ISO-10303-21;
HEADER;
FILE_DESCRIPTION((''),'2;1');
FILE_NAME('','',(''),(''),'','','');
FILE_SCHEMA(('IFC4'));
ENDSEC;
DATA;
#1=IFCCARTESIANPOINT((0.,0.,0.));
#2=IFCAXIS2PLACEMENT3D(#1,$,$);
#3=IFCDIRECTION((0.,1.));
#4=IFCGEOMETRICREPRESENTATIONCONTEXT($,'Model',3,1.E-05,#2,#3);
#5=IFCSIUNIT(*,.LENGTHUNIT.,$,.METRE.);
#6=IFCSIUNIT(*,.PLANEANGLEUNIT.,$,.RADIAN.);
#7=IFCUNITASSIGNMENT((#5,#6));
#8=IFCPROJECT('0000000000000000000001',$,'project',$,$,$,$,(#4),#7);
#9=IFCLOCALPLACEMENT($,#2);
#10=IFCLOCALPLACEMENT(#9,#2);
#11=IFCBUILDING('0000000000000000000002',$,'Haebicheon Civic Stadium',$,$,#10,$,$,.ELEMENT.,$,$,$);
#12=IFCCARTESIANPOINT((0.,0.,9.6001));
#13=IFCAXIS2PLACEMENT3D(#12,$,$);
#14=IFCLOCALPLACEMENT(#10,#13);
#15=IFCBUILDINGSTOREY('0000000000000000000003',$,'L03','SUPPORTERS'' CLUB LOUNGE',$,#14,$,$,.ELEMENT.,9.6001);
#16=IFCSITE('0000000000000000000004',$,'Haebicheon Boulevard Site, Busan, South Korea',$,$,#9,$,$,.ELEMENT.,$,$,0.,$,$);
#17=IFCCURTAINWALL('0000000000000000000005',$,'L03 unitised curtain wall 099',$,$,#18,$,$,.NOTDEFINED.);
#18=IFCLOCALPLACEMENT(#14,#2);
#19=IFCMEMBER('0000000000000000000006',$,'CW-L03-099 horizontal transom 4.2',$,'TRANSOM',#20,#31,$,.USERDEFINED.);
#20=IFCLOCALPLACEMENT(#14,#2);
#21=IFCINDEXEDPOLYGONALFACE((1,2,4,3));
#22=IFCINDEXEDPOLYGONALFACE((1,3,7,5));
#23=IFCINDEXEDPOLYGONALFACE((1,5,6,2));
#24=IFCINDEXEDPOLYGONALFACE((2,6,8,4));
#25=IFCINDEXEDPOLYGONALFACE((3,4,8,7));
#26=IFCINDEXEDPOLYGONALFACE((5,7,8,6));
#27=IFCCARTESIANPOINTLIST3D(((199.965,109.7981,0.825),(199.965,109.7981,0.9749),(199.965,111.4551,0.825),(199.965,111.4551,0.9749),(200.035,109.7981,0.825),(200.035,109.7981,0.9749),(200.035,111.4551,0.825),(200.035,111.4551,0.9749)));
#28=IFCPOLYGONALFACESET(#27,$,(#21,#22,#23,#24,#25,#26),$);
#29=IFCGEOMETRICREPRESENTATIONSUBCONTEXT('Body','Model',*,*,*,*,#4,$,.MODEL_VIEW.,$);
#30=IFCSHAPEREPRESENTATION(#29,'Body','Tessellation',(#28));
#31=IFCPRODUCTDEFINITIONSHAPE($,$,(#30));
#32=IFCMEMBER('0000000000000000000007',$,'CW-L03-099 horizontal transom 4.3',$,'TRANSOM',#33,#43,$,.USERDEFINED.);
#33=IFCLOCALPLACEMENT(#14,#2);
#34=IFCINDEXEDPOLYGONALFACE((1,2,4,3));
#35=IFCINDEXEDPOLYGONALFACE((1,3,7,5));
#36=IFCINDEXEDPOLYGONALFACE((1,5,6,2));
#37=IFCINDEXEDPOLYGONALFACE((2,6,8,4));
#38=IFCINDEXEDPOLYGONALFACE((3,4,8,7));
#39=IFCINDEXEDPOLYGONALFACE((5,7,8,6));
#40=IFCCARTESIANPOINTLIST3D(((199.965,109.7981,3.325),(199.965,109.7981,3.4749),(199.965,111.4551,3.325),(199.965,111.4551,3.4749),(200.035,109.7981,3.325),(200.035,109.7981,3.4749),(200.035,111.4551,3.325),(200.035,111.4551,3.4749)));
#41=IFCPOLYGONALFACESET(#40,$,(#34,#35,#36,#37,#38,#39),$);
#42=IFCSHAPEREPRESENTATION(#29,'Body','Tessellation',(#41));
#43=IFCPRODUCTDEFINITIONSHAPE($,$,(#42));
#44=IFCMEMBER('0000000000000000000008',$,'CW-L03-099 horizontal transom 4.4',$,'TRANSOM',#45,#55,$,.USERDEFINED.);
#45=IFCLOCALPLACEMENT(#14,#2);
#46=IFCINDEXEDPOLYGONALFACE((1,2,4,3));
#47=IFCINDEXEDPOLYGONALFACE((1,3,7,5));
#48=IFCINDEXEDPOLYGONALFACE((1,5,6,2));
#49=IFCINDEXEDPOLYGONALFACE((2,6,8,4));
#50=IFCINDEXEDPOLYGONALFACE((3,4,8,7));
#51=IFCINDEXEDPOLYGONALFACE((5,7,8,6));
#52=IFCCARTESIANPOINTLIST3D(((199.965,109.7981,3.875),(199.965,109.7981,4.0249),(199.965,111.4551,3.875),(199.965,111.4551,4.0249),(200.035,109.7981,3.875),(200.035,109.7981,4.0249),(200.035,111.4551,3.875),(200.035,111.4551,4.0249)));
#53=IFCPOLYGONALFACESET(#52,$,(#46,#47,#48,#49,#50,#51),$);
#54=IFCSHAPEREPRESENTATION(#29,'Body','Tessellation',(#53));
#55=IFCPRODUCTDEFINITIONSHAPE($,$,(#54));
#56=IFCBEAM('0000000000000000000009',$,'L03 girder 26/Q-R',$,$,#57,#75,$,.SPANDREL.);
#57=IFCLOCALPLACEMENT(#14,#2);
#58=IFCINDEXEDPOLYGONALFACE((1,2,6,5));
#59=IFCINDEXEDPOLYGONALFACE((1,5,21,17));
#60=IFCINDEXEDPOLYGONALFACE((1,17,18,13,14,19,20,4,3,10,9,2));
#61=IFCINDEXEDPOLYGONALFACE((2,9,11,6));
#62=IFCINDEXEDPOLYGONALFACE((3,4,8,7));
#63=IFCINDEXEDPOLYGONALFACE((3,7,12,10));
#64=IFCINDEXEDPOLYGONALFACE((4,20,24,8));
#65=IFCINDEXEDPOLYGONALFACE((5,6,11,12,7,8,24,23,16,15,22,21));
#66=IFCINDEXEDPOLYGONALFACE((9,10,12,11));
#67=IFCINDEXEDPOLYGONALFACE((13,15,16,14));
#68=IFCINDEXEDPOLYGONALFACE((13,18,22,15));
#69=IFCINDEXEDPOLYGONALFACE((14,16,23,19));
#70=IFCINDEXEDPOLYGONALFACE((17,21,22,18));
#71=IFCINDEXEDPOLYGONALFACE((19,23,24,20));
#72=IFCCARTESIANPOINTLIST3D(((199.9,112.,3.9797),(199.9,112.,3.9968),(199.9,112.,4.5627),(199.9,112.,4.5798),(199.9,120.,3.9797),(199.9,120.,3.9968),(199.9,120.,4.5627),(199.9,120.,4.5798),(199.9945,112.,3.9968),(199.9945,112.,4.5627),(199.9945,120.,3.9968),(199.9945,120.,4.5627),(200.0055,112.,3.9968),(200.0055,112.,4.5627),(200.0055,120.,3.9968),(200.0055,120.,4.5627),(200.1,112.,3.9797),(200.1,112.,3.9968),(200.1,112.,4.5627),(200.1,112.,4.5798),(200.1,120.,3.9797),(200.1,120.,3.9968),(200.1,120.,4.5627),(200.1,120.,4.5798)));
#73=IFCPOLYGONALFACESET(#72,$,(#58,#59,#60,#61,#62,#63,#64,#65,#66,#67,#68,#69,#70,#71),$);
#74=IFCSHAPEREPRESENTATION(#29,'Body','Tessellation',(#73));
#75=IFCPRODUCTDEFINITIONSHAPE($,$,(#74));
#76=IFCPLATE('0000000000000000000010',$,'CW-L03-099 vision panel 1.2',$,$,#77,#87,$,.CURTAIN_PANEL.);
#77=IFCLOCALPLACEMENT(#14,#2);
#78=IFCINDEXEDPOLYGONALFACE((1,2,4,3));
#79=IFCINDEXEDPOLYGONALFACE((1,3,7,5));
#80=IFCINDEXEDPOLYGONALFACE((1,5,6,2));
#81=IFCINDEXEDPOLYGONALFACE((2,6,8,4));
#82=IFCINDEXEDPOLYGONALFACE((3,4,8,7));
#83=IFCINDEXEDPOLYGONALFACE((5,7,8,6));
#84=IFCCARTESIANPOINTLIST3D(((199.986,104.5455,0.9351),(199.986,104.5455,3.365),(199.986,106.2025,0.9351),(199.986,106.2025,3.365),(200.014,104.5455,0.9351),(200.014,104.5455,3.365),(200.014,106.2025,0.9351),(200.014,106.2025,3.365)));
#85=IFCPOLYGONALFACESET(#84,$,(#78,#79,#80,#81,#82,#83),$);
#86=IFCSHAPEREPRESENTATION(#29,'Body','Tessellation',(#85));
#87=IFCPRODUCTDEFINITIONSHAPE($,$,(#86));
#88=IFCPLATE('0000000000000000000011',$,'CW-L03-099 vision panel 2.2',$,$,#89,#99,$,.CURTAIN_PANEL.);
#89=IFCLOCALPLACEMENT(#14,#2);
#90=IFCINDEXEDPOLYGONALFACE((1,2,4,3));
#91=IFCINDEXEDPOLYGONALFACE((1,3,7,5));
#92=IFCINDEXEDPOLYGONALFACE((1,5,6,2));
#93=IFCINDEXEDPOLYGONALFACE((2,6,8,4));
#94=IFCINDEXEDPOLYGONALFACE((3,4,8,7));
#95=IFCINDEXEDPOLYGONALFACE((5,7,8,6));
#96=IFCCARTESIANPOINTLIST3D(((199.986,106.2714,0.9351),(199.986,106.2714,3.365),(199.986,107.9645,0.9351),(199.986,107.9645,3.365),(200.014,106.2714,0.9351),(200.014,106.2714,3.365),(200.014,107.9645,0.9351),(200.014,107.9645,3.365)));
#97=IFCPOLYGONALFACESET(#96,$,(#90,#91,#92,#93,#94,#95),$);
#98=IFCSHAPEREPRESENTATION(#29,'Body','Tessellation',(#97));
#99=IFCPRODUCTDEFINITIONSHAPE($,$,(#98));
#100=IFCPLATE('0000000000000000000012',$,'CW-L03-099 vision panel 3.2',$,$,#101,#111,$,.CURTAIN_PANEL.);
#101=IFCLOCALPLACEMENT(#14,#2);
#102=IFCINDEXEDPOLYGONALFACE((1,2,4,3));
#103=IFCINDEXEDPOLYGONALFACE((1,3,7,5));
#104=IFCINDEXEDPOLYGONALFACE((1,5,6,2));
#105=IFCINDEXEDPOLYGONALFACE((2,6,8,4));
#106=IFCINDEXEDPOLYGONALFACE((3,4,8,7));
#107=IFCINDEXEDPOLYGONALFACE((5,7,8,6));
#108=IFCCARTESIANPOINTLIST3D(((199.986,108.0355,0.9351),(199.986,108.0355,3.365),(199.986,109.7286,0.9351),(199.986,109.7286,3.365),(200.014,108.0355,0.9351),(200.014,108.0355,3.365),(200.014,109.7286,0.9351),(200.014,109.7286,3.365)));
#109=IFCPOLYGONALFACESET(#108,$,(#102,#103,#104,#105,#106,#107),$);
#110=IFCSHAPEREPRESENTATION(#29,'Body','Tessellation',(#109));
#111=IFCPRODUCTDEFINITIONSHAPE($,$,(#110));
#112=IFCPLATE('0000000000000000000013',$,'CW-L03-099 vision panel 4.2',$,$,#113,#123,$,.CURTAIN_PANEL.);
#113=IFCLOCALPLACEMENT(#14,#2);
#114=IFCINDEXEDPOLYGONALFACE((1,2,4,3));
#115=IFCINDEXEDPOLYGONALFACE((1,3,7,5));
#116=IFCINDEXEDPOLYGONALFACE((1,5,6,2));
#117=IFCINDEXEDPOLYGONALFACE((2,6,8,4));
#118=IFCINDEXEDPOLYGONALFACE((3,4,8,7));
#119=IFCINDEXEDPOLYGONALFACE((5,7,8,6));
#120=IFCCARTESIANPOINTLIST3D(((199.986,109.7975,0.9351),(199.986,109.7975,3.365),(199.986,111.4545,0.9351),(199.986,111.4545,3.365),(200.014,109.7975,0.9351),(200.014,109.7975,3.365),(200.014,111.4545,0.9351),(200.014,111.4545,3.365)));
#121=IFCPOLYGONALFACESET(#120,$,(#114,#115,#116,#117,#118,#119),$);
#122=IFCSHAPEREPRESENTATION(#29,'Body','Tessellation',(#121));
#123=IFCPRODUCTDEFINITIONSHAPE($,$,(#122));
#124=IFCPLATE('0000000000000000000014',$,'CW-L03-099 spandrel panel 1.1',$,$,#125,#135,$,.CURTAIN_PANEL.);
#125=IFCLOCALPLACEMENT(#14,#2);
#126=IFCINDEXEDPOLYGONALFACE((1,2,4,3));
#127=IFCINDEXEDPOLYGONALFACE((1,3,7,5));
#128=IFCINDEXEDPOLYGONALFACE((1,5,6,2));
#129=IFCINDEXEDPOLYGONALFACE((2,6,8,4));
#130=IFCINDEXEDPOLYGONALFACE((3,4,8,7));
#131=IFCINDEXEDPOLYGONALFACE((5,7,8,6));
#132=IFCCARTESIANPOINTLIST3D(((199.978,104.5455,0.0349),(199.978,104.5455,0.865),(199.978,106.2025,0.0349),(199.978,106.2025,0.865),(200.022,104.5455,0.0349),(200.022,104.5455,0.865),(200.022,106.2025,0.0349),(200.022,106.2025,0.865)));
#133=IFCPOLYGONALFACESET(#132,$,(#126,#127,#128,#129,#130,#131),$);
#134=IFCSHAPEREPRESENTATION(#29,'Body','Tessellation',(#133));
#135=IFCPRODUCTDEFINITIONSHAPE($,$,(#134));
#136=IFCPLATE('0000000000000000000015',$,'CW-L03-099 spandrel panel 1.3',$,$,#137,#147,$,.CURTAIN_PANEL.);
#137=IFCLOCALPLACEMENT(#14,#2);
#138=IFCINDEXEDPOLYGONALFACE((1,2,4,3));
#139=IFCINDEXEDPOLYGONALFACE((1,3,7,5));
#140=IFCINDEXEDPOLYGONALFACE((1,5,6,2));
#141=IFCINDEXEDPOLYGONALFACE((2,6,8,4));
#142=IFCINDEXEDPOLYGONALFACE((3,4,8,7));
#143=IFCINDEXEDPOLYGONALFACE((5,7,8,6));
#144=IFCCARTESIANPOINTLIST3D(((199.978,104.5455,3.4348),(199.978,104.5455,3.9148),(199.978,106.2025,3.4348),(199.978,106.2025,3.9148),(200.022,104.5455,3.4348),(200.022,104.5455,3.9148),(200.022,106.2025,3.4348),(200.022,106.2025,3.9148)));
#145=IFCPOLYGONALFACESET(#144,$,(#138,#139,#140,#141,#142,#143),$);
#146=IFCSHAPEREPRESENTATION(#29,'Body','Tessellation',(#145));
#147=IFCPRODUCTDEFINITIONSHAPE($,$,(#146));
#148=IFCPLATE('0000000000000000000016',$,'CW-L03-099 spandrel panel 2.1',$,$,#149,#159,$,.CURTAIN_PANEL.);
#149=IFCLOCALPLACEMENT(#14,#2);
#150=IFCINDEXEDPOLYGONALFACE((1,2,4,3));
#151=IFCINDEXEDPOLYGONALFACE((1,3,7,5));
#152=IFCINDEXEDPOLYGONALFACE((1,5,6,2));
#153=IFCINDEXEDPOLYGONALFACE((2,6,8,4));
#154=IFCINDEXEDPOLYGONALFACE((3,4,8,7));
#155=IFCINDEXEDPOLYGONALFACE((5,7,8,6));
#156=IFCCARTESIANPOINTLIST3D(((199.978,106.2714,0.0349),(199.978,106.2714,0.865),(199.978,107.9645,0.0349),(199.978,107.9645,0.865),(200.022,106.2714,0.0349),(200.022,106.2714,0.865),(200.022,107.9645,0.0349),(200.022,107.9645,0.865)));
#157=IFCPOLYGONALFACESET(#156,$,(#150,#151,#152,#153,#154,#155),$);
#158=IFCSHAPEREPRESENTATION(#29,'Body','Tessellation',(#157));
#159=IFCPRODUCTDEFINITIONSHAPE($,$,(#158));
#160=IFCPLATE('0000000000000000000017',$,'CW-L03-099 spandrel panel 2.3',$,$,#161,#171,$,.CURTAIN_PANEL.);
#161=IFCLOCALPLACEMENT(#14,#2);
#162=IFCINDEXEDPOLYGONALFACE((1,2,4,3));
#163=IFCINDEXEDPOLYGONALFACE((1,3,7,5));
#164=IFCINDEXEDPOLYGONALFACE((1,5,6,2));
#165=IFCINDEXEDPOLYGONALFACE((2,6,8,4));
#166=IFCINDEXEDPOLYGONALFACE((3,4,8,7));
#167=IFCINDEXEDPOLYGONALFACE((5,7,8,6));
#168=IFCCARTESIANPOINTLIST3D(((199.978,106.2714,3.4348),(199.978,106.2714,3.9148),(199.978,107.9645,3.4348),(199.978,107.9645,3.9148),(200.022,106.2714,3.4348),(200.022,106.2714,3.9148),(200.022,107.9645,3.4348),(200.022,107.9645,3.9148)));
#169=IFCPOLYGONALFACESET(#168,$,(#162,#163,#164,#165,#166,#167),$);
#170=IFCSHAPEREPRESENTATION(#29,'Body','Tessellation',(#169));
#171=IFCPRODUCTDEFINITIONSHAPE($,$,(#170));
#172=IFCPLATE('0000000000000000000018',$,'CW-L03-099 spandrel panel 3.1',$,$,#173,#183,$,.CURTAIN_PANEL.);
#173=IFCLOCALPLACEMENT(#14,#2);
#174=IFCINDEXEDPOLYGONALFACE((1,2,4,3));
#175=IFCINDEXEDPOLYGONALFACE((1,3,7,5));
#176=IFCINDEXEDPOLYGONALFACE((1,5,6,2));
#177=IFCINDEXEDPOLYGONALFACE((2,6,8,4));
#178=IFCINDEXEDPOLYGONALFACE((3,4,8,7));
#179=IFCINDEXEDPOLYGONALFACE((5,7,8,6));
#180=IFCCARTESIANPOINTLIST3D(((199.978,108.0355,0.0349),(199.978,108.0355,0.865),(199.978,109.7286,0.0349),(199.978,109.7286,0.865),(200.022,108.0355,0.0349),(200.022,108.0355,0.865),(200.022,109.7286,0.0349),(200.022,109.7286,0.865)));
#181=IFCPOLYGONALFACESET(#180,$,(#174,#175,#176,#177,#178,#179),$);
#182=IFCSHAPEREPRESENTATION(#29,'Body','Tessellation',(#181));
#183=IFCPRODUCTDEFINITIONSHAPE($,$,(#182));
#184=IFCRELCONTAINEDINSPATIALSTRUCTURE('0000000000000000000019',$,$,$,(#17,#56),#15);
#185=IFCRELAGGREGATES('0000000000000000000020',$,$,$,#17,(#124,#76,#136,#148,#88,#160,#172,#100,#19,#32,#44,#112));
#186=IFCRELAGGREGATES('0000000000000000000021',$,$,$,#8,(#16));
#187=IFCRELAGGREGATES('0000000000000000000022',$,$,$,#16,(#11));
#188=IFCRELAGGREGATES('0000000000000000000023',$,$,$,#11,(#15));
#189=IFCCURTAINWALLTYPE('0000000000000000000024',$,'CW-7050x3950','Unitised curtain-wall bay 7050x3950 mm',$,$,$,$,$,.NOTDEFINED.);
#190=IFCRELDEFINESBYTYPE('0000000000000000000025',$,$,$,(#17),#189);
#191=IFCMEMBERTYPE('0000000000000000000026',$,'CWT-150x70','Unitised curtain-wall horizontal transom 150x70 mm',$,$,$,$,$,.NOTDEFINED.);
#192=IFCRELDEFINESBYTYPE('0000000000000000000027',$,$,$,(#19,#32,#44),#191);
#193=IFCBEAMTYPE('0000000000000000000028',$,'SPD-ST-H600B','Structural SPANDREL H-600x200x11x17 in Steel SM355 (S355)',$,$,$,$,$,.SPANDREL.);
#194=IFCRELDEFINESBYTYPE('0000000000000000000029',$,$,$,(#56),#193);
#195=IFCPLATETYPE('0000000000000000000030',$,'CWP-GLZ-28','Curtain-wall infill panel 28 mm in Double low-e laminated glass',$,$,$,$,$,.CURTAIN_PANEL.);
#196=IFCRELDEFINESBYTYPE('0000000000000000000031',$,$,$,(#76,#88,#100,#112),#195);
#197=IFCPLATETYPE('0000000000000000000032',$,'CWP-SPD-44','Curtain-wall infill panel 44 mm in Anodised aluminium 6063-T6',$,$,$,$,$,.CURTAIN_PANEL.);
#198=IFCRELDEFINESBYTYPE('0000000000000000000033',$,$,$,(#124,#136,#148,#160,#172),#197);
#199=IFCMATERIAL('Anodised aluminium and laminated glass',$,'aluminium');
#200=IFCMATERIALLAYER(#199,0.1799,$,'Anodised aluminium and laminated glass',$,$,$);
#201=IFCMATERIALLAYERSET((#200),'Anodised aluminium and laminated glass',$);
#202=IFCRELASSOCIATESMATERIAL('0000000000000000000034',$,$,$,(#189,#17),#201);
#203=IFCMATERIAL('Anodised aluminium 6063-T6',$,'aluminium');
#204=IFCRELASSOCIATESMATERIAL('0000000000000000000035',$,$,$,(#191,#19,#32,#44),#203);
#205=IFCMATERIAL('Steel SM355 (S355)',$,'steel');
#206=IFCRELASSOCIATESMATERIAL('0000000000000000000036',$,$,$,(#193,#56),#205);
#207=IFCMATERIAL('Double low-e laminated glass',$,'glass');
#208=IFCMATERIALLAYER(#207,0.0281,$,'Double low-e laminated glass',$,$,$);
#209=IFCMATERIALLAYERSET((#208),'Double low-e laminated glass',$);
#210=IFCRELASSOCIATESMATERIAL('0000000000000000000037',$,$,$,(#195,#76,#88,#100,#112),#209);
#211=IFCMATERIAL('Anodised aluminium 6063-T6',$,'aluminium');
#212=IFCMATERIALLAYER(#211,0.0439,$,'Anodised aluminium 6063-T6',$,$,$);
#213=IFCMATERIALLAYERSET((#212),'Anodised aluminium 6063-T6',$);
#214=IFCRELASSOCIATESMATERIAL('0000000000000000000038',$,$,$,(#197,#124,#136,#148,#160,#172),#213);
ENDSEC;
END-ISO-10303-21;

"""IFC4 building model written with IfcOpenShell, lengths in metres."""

from ifc_helpers import new_model, si_unit, direction, frame, origin, origin_2d, place, context, subcontext, project, spatial, rectangle, i_section, extrude, material, layer, layer_set, material_profile, profile_set, type_object, element, aggregate, save


model = new_model("IFC4")

# Units and contexts
model_context = context("Model", 3, precision=1e-05, world=origin(), true_north=direction((0.0, 1.0)))
body_context = subcontext(model_context, "Body", "Model", "MODEL_VIEW")
ifc_project = project(units=[si_unit("LENGTHUNIT", "METRE"), si_unit("PLANEANGLEUNIT", "RADIAN")], contexts=[model_context])

# Site, building, storey
site_placement = place(None, origin())
site = spatial("IfcSite", under=ifc_project, at=site_placement, Name="Haebicheon Boulevard Site, Busan, South Korea", CompositionType="ELEMENT", RefElevation=0.0)
building_placement = place(site_placement, origin())
building = spatial("IfcBuilding", under=site, at=building_placement, Name="Haebicheon Civic Stadium", CompositionType="ELEMENT")
storey_placement = place(building_placement, frame((0.0, 0.0, 9.6001)))
storey = spatial("IfcBuildingStorey", under=building, at=storey_placement, Name="L03", Description="SUPPORTERS' CLUB LOUNGE", CompositionType="ELEMENT", Elevation=9.6001)

# Curtain wall, members
ifc_material_1 = material(Name="Anodised aluminium and laminated glass", Category="aluminium")
ifc_layer_1 = layer(ifc_material_1, 0.1799, Name="Anodised aluminium and laminated glass")
ifc_layer_set_1 = layer_set([ifc_layer_1], Name="Anodised aluminium and laminated glass")
curtain_wall_type = type_object("IfcCurtainWallType", Name="CW-7050x3950", Description="Unitised curtain-wall bay 7050x3950 mm", PredefinedType="NOTDEFINED", material=ifc_layer_set_1)
curtain_wall_placement = place(storey_placement, origin())
curtain_wall = element("IfcCurtainWall", 1, at=curtain_wall_placement, inside=storey, type_object=curtain_wall_type, material=ifc_layer_set_1, Name="L03 unitised curtain wall 099", PredefinedType="NOTDEFINED")
ifc_material_2 = material(Name="Anodised aluminium 6063-T6", Category="aluminium")
ifc_material_profile_1 = material_profile(ifc_material_2, rectangle(XDim=0.0701, YDim=0.1499, at=origin_2d()), Name="ALU-TRAN-70x150")
ifc_profile_set_1 = profile_set([ifc_material_profile_1], Name="Anodised aluminium 6063-T6")
member_type_1 = type_object("IfcMemberType", Name="CWT-150x70", Description="Unitised curtain-wall horizontal transom 150x70 mm", PredefinedType="NOTDEFINED", material=ifc_profile_set_1)
member_1_placement = place(storey_placement, frame((200.0, 109.7981, 0.8999), z_axis=(0.0, 1.0, 0.0), x_axis=(-1.0, 0.0, 0.0)))
member_1 = element("IfcMember", 2, at=member_1_placement, type_object=member_type_1, material=ifc_profile_set_1, Name="CW-L03-099 horizontal transom 4.2", ObjectType="TRANSOM", PredefinedType="USERDEFINED", context=body_context, shape_type="SweptSolid", body=[
    extrude(rectangle(XDim=0.0701, YDim=0.1499, at=origin_2d()), origin(), (0.0, 0.0, 1.0), 1.657),
])
member_2_placement = place(storey_placement, frame((200.0, 109.7981, 3.3999), z_axis=(0.0, 1.0, 0.0), x_axis=(-1.0, 0.0, 0.0)))
member_2 = element("IfcMember", 3, at=member_2_placement, type_object=member_type_1, material=ifc_profile_set_1, Name="CW-L03-099 horizontal transom 4.3", ObjectType="TRANSOM", PredefinedType="USERDEFINED", context=body_context, shape_type="SweptSolid", body=[
    extrude(rectangle(XDim=0.0701, YDim=0.1499, at=origin_2d()), origin(), (0.0, 0.0, 1.0), 1.657),
])
member_3_placement = place(storey_placement, frame((200.0, 109.7981, 3.95), z_axis=(0.0, 1.0, 0.0), x_axis=(-1.0, 0.0, 0.0)))
member_3 = element("IfcMember", 4, at=member_3_placement, type_object=member_type_1, material=ifc_profile_set_1, Name="CW-L03-099 horizontal transom 4.4", ObjectType="TRANSOM", PredefinedType="USERDEFINED", context=body_context, shape_type="SweptSolid", body=[
    extrude(rectangle(XDim=0.0701, YDim=0.1499, at=origin_2d()), origin(), (0.0, 0.0, 1.0), 1.657),
])

# Beam
ifc_material_3 = material(Name="Steel SM355 (S355)", Category="steel")
ifc_material_profile_2 = material_profile(ifc_material_3, i_section(OverallWidth=0.2, OverallDepth=0.6001, WebThickness=0.011, FlangeThickness=0.0171, at=origin_2d()), Name="H-600x200x11x17")
ifc_profile_set_2 = profile_set([ifc_material_profile_2], Name="Steel SM355 (S355)")
beam_type = type_object("IfcBeamType", Name="SPD-ST-H600B", Description="Structural SPANDREL H-600x200x11x17 in Steel SM355 (S355)", PredefinedType="SPANDREL", material=ifc_profile_set_2)
beam_placement = place(storey_placement, frame((200.0, 112.0, 4.2798), z_axis=(0.0, 1.0, 0.0), x_axis=(-1.0, 0.0, 0.0)))
element("IfcBeam", 5, at=beam_placement, inside=storey, type_object=beam_type, material=ifc_profile_set_2, Name="L03 girder 26/Q-R", PredefinedType="SPANDREL", context=body_context, shape_type="SweptSolid", body=[
    extrude(i_section(OverallWidth=0.2, OverallDepth=0.6001, WebThickness=0.011, FlangeThickness=0.0171, at=origin_2d()), origin(), (0.0, 0.0, 1.0), 8.0),
])

# Plates
ifc_material_4 = material(Name="Double low-e laminated glass", Category="glass")
ifc_layer_2 = layer(ifc_material_4, 0.0281, Name="Double low-e laminated glass")
ifc_layer_set_2 = layer_set([ifc_layer_2], Name="Double low-e laminated glass")
plate_type_1 = type_object("IfcPlateType", Name="CWP-GLZ-28", Description="Curtain-wall infill panel 28 mm in Double low-e laminated glass", PredefinedType="CURTAIN_PANEL", material=ifc_layer_set_2)
plate_1_placement = place(storey_placement, frame((200.0, 105.374, 0.9351), z_axis=(0.0, 0.0, 1.0), x_axis=(0.0, 1.0, 0.0)))
plate_1 = element("IfcPlate", 6, at=plate_1_placement, type_object=plate_type_1, material=ifc_layer_set_2, Name="CW-L03-099 vision panel 1.2", PredefinedType="CURTAIN_PANEL", context=body_context, shape_type="SweptSolid", body=[
    extrude(rectangle(XDim=1.657, YDim=0.0281, at=origin_2d()), origin(), (0.0, 0.0, 1.0), 2.4299),
])
plate_2_placement = place(storey_placement, frame((200.0, 107.1179, 0.9351), z_axis=(0.0, 0.0, 1.0), x_axis=(0.0, 1.0, 0.0)))
plate_2 = element("IfcPlate", 7, at=plate_2_placement, type_object=plate_type_1, material=ifc_layer_set_2, Name="CW-L03-099 vision panel 2.2", PredefinedType="CURTAIN_PANEL", context=body_context, shape_type="SweptSolid", body=[
    extrude(rectangle(XDim=1.6931, YDim=0.0281, at=origin_2d()), origin(), (0.0, 0.0, 1.0), 2.4299),
])
plate_3_placement = place(storey_placement, frame((200.0, 108.8821, 0.9351), z_axis=(0.0, 0.0, 1.0), x_axis=(0.0, 1.0, 0.0)))
plate_3 = element("IfcPlate", 8, at=plate_3_placement, type_object=plate_type_1, material=ifc_layer_set_2, Name="CW-L03-099 vision panel 3.2", PredefinedType="CURTAIN_PANEL", context=body_context, shape_type="SweptSolid", body=[
    extrude(rectangle(XDim=1.6931, YDim=0.0281, at=origin_2d()), origin(), (0.0, 0.0, 1.0), 2.4299),
])
plate_4_placement = place(storey_placement, frame((200.0, 110.626, 0.9351), z_axis=(0.0, 0.0, 1.0), x_axis=(0.0, 1.0, 0.0)))
plate_4 = element("IfcPlate", 9, at=plate_4_placement, type_object=plate_type_1, material=ifc_layer_set_2, Name="CW-L03-099 vision panel 4.2", PredefinedType="CURTAIN_PANEL", context=body_context, shape_type="SweptSolid", body=[
    extrude(rectangle(XDim=1.657, YDim=0.0281, at=origin_2d()), origin(), (0.0, 0.0, 1.0), 2.4299),
])
ifc_material_5 = material(Name="Anodised aluminium 6063-T6", Category="aluminium")
ifc_layer_3 = layer(ifc_material_5, 0.0439, Name="Anodised aluminium 6063-T6")
ifc_layer_set_3 = layer_set([ifc_layer_3], Name="Anodised aluminium 6063-T6")
plate_type_2 = type_object("IfcPlateType", Name="CWP-SPD-44", Description="Curtain-wall infill panel 44 mm in Anodised aluminium 6063-T6", PredefinedType="CURTAIN_PANEL", material=ifc_layer_set_3)
plate_5_placement = place(storey_placement, frame((200.0, 105.374, 0.0349), z_axis=(0.0, 0.0, 1.0), x_axis=(0.0, 1.0, 0.0)))
plate_5 = element("IfcPlate", 10, at=plate_5_placement, type_object=plate_type_2, material=ifc_layer_set_3, Name="CW-L03-099 spandrel panel 1.1", PredefinedType="CURTAIN_PANEL", context=body_context, shape_type="SweptSolid", body=[
    extrude(rectangle(XDim=1.657, YDim=0.0439, at=origin_2d()), origin(), (0.0, 0.0, 1.0), 0.8301),
])
plate_6_placement = place(storey_placement, frame((200.0, 105.374, 3.4348), z_axis=(0.0, 0.0, 1.0), x_axis=(0.0, 1.0, 0.0)))
plate_6 = element("IfcPlate", 11, at=plate_6_placement, type_object=plate_type_2, material=ifc_layer_set_3, Name="CW-L03-099 spandrel panel 1.3", PredefinedType="CURTAIN_PANEL", context=body_context, shape_type="SweptSolid", body=[
    extrude(rectangle(XDim=1.657, YDim=0.0439, at=origin_2d()), origin(), (0.0, 0.0, 1.0), 0.48),
])
plate_7_placement = place(storey_placement, frame((200.0, 107.1179, 0.0349), z_axis=(0.0, 0.0, 1.0), x_axis=(0.0, 1.0, 0.0)))
plate_7 = element("IfcPlate", 12, at=plate_7_placement, type_object=plate_type_2, material=ifc_layer_set_3, Name="CW-L03-099 spandrel panel 2.1", PredefinedType="CURTAIN_PANEL", context=body_context, shape_type="SweptSolid", body=[
    extrude(rectangle(XDim=1.6931, YDim=0.0439, at=origin_2d()), origin(), (0.0, 0.0, 1.0), 0.8301),
])
plate_8_placement = place(storey_placement, frame((200.0, 107.1179, 3.4348), z_axis=(0.0, 0.0, 1.0), x_axis=(0.0, 1.0, 0.0)))
plate_8 = element("IfcPlate", 13, at=plate_8_placement, type_object=plate_type_2, material=ifc_layer_set_3, Name="CW-L03-099 spandrel panel 2.3", PredefinedType="CURTAIN_PANEL", context=body_context, shape_type="SweptSolid", body=[
    extrude(rectangle(XDim=1.6931, YDim=0.0439, at=origin_2d()), origin(), (0.0, 0.0, 1.0), 0.48),
])
plate_9_placement = place(storey_placement, frame((200.0, 108.8821, 0.0349), z_axis=(0.0, 0.0, 1.0), x_axis=(0.0, 1.0, 0.0)))
plate_9 = element("IfcPlate", 14, at=plate_9_placement, type_object=plate_type_2, material=ifc_layer_set_3, Name="CW-L03-099 spandrel panel 3.1", PredefinedType="CURTAIN_PANEL", context=body_context, shape_type="SweptSolid", body=[
    extrude(rectangle(XDim=1.6931, YDim=0.0439, at=origin_2d()), origin(), (0.0, 0.0, 1.0), 0.8301),
])
aggregate(curtain_wall, [plate_5, plate_1, plate_6, plate_7, plate_2, plate_8, plate_9, plate_3, member_1, member_2, member_3, plate_4])

save(model, "model.ifc")
